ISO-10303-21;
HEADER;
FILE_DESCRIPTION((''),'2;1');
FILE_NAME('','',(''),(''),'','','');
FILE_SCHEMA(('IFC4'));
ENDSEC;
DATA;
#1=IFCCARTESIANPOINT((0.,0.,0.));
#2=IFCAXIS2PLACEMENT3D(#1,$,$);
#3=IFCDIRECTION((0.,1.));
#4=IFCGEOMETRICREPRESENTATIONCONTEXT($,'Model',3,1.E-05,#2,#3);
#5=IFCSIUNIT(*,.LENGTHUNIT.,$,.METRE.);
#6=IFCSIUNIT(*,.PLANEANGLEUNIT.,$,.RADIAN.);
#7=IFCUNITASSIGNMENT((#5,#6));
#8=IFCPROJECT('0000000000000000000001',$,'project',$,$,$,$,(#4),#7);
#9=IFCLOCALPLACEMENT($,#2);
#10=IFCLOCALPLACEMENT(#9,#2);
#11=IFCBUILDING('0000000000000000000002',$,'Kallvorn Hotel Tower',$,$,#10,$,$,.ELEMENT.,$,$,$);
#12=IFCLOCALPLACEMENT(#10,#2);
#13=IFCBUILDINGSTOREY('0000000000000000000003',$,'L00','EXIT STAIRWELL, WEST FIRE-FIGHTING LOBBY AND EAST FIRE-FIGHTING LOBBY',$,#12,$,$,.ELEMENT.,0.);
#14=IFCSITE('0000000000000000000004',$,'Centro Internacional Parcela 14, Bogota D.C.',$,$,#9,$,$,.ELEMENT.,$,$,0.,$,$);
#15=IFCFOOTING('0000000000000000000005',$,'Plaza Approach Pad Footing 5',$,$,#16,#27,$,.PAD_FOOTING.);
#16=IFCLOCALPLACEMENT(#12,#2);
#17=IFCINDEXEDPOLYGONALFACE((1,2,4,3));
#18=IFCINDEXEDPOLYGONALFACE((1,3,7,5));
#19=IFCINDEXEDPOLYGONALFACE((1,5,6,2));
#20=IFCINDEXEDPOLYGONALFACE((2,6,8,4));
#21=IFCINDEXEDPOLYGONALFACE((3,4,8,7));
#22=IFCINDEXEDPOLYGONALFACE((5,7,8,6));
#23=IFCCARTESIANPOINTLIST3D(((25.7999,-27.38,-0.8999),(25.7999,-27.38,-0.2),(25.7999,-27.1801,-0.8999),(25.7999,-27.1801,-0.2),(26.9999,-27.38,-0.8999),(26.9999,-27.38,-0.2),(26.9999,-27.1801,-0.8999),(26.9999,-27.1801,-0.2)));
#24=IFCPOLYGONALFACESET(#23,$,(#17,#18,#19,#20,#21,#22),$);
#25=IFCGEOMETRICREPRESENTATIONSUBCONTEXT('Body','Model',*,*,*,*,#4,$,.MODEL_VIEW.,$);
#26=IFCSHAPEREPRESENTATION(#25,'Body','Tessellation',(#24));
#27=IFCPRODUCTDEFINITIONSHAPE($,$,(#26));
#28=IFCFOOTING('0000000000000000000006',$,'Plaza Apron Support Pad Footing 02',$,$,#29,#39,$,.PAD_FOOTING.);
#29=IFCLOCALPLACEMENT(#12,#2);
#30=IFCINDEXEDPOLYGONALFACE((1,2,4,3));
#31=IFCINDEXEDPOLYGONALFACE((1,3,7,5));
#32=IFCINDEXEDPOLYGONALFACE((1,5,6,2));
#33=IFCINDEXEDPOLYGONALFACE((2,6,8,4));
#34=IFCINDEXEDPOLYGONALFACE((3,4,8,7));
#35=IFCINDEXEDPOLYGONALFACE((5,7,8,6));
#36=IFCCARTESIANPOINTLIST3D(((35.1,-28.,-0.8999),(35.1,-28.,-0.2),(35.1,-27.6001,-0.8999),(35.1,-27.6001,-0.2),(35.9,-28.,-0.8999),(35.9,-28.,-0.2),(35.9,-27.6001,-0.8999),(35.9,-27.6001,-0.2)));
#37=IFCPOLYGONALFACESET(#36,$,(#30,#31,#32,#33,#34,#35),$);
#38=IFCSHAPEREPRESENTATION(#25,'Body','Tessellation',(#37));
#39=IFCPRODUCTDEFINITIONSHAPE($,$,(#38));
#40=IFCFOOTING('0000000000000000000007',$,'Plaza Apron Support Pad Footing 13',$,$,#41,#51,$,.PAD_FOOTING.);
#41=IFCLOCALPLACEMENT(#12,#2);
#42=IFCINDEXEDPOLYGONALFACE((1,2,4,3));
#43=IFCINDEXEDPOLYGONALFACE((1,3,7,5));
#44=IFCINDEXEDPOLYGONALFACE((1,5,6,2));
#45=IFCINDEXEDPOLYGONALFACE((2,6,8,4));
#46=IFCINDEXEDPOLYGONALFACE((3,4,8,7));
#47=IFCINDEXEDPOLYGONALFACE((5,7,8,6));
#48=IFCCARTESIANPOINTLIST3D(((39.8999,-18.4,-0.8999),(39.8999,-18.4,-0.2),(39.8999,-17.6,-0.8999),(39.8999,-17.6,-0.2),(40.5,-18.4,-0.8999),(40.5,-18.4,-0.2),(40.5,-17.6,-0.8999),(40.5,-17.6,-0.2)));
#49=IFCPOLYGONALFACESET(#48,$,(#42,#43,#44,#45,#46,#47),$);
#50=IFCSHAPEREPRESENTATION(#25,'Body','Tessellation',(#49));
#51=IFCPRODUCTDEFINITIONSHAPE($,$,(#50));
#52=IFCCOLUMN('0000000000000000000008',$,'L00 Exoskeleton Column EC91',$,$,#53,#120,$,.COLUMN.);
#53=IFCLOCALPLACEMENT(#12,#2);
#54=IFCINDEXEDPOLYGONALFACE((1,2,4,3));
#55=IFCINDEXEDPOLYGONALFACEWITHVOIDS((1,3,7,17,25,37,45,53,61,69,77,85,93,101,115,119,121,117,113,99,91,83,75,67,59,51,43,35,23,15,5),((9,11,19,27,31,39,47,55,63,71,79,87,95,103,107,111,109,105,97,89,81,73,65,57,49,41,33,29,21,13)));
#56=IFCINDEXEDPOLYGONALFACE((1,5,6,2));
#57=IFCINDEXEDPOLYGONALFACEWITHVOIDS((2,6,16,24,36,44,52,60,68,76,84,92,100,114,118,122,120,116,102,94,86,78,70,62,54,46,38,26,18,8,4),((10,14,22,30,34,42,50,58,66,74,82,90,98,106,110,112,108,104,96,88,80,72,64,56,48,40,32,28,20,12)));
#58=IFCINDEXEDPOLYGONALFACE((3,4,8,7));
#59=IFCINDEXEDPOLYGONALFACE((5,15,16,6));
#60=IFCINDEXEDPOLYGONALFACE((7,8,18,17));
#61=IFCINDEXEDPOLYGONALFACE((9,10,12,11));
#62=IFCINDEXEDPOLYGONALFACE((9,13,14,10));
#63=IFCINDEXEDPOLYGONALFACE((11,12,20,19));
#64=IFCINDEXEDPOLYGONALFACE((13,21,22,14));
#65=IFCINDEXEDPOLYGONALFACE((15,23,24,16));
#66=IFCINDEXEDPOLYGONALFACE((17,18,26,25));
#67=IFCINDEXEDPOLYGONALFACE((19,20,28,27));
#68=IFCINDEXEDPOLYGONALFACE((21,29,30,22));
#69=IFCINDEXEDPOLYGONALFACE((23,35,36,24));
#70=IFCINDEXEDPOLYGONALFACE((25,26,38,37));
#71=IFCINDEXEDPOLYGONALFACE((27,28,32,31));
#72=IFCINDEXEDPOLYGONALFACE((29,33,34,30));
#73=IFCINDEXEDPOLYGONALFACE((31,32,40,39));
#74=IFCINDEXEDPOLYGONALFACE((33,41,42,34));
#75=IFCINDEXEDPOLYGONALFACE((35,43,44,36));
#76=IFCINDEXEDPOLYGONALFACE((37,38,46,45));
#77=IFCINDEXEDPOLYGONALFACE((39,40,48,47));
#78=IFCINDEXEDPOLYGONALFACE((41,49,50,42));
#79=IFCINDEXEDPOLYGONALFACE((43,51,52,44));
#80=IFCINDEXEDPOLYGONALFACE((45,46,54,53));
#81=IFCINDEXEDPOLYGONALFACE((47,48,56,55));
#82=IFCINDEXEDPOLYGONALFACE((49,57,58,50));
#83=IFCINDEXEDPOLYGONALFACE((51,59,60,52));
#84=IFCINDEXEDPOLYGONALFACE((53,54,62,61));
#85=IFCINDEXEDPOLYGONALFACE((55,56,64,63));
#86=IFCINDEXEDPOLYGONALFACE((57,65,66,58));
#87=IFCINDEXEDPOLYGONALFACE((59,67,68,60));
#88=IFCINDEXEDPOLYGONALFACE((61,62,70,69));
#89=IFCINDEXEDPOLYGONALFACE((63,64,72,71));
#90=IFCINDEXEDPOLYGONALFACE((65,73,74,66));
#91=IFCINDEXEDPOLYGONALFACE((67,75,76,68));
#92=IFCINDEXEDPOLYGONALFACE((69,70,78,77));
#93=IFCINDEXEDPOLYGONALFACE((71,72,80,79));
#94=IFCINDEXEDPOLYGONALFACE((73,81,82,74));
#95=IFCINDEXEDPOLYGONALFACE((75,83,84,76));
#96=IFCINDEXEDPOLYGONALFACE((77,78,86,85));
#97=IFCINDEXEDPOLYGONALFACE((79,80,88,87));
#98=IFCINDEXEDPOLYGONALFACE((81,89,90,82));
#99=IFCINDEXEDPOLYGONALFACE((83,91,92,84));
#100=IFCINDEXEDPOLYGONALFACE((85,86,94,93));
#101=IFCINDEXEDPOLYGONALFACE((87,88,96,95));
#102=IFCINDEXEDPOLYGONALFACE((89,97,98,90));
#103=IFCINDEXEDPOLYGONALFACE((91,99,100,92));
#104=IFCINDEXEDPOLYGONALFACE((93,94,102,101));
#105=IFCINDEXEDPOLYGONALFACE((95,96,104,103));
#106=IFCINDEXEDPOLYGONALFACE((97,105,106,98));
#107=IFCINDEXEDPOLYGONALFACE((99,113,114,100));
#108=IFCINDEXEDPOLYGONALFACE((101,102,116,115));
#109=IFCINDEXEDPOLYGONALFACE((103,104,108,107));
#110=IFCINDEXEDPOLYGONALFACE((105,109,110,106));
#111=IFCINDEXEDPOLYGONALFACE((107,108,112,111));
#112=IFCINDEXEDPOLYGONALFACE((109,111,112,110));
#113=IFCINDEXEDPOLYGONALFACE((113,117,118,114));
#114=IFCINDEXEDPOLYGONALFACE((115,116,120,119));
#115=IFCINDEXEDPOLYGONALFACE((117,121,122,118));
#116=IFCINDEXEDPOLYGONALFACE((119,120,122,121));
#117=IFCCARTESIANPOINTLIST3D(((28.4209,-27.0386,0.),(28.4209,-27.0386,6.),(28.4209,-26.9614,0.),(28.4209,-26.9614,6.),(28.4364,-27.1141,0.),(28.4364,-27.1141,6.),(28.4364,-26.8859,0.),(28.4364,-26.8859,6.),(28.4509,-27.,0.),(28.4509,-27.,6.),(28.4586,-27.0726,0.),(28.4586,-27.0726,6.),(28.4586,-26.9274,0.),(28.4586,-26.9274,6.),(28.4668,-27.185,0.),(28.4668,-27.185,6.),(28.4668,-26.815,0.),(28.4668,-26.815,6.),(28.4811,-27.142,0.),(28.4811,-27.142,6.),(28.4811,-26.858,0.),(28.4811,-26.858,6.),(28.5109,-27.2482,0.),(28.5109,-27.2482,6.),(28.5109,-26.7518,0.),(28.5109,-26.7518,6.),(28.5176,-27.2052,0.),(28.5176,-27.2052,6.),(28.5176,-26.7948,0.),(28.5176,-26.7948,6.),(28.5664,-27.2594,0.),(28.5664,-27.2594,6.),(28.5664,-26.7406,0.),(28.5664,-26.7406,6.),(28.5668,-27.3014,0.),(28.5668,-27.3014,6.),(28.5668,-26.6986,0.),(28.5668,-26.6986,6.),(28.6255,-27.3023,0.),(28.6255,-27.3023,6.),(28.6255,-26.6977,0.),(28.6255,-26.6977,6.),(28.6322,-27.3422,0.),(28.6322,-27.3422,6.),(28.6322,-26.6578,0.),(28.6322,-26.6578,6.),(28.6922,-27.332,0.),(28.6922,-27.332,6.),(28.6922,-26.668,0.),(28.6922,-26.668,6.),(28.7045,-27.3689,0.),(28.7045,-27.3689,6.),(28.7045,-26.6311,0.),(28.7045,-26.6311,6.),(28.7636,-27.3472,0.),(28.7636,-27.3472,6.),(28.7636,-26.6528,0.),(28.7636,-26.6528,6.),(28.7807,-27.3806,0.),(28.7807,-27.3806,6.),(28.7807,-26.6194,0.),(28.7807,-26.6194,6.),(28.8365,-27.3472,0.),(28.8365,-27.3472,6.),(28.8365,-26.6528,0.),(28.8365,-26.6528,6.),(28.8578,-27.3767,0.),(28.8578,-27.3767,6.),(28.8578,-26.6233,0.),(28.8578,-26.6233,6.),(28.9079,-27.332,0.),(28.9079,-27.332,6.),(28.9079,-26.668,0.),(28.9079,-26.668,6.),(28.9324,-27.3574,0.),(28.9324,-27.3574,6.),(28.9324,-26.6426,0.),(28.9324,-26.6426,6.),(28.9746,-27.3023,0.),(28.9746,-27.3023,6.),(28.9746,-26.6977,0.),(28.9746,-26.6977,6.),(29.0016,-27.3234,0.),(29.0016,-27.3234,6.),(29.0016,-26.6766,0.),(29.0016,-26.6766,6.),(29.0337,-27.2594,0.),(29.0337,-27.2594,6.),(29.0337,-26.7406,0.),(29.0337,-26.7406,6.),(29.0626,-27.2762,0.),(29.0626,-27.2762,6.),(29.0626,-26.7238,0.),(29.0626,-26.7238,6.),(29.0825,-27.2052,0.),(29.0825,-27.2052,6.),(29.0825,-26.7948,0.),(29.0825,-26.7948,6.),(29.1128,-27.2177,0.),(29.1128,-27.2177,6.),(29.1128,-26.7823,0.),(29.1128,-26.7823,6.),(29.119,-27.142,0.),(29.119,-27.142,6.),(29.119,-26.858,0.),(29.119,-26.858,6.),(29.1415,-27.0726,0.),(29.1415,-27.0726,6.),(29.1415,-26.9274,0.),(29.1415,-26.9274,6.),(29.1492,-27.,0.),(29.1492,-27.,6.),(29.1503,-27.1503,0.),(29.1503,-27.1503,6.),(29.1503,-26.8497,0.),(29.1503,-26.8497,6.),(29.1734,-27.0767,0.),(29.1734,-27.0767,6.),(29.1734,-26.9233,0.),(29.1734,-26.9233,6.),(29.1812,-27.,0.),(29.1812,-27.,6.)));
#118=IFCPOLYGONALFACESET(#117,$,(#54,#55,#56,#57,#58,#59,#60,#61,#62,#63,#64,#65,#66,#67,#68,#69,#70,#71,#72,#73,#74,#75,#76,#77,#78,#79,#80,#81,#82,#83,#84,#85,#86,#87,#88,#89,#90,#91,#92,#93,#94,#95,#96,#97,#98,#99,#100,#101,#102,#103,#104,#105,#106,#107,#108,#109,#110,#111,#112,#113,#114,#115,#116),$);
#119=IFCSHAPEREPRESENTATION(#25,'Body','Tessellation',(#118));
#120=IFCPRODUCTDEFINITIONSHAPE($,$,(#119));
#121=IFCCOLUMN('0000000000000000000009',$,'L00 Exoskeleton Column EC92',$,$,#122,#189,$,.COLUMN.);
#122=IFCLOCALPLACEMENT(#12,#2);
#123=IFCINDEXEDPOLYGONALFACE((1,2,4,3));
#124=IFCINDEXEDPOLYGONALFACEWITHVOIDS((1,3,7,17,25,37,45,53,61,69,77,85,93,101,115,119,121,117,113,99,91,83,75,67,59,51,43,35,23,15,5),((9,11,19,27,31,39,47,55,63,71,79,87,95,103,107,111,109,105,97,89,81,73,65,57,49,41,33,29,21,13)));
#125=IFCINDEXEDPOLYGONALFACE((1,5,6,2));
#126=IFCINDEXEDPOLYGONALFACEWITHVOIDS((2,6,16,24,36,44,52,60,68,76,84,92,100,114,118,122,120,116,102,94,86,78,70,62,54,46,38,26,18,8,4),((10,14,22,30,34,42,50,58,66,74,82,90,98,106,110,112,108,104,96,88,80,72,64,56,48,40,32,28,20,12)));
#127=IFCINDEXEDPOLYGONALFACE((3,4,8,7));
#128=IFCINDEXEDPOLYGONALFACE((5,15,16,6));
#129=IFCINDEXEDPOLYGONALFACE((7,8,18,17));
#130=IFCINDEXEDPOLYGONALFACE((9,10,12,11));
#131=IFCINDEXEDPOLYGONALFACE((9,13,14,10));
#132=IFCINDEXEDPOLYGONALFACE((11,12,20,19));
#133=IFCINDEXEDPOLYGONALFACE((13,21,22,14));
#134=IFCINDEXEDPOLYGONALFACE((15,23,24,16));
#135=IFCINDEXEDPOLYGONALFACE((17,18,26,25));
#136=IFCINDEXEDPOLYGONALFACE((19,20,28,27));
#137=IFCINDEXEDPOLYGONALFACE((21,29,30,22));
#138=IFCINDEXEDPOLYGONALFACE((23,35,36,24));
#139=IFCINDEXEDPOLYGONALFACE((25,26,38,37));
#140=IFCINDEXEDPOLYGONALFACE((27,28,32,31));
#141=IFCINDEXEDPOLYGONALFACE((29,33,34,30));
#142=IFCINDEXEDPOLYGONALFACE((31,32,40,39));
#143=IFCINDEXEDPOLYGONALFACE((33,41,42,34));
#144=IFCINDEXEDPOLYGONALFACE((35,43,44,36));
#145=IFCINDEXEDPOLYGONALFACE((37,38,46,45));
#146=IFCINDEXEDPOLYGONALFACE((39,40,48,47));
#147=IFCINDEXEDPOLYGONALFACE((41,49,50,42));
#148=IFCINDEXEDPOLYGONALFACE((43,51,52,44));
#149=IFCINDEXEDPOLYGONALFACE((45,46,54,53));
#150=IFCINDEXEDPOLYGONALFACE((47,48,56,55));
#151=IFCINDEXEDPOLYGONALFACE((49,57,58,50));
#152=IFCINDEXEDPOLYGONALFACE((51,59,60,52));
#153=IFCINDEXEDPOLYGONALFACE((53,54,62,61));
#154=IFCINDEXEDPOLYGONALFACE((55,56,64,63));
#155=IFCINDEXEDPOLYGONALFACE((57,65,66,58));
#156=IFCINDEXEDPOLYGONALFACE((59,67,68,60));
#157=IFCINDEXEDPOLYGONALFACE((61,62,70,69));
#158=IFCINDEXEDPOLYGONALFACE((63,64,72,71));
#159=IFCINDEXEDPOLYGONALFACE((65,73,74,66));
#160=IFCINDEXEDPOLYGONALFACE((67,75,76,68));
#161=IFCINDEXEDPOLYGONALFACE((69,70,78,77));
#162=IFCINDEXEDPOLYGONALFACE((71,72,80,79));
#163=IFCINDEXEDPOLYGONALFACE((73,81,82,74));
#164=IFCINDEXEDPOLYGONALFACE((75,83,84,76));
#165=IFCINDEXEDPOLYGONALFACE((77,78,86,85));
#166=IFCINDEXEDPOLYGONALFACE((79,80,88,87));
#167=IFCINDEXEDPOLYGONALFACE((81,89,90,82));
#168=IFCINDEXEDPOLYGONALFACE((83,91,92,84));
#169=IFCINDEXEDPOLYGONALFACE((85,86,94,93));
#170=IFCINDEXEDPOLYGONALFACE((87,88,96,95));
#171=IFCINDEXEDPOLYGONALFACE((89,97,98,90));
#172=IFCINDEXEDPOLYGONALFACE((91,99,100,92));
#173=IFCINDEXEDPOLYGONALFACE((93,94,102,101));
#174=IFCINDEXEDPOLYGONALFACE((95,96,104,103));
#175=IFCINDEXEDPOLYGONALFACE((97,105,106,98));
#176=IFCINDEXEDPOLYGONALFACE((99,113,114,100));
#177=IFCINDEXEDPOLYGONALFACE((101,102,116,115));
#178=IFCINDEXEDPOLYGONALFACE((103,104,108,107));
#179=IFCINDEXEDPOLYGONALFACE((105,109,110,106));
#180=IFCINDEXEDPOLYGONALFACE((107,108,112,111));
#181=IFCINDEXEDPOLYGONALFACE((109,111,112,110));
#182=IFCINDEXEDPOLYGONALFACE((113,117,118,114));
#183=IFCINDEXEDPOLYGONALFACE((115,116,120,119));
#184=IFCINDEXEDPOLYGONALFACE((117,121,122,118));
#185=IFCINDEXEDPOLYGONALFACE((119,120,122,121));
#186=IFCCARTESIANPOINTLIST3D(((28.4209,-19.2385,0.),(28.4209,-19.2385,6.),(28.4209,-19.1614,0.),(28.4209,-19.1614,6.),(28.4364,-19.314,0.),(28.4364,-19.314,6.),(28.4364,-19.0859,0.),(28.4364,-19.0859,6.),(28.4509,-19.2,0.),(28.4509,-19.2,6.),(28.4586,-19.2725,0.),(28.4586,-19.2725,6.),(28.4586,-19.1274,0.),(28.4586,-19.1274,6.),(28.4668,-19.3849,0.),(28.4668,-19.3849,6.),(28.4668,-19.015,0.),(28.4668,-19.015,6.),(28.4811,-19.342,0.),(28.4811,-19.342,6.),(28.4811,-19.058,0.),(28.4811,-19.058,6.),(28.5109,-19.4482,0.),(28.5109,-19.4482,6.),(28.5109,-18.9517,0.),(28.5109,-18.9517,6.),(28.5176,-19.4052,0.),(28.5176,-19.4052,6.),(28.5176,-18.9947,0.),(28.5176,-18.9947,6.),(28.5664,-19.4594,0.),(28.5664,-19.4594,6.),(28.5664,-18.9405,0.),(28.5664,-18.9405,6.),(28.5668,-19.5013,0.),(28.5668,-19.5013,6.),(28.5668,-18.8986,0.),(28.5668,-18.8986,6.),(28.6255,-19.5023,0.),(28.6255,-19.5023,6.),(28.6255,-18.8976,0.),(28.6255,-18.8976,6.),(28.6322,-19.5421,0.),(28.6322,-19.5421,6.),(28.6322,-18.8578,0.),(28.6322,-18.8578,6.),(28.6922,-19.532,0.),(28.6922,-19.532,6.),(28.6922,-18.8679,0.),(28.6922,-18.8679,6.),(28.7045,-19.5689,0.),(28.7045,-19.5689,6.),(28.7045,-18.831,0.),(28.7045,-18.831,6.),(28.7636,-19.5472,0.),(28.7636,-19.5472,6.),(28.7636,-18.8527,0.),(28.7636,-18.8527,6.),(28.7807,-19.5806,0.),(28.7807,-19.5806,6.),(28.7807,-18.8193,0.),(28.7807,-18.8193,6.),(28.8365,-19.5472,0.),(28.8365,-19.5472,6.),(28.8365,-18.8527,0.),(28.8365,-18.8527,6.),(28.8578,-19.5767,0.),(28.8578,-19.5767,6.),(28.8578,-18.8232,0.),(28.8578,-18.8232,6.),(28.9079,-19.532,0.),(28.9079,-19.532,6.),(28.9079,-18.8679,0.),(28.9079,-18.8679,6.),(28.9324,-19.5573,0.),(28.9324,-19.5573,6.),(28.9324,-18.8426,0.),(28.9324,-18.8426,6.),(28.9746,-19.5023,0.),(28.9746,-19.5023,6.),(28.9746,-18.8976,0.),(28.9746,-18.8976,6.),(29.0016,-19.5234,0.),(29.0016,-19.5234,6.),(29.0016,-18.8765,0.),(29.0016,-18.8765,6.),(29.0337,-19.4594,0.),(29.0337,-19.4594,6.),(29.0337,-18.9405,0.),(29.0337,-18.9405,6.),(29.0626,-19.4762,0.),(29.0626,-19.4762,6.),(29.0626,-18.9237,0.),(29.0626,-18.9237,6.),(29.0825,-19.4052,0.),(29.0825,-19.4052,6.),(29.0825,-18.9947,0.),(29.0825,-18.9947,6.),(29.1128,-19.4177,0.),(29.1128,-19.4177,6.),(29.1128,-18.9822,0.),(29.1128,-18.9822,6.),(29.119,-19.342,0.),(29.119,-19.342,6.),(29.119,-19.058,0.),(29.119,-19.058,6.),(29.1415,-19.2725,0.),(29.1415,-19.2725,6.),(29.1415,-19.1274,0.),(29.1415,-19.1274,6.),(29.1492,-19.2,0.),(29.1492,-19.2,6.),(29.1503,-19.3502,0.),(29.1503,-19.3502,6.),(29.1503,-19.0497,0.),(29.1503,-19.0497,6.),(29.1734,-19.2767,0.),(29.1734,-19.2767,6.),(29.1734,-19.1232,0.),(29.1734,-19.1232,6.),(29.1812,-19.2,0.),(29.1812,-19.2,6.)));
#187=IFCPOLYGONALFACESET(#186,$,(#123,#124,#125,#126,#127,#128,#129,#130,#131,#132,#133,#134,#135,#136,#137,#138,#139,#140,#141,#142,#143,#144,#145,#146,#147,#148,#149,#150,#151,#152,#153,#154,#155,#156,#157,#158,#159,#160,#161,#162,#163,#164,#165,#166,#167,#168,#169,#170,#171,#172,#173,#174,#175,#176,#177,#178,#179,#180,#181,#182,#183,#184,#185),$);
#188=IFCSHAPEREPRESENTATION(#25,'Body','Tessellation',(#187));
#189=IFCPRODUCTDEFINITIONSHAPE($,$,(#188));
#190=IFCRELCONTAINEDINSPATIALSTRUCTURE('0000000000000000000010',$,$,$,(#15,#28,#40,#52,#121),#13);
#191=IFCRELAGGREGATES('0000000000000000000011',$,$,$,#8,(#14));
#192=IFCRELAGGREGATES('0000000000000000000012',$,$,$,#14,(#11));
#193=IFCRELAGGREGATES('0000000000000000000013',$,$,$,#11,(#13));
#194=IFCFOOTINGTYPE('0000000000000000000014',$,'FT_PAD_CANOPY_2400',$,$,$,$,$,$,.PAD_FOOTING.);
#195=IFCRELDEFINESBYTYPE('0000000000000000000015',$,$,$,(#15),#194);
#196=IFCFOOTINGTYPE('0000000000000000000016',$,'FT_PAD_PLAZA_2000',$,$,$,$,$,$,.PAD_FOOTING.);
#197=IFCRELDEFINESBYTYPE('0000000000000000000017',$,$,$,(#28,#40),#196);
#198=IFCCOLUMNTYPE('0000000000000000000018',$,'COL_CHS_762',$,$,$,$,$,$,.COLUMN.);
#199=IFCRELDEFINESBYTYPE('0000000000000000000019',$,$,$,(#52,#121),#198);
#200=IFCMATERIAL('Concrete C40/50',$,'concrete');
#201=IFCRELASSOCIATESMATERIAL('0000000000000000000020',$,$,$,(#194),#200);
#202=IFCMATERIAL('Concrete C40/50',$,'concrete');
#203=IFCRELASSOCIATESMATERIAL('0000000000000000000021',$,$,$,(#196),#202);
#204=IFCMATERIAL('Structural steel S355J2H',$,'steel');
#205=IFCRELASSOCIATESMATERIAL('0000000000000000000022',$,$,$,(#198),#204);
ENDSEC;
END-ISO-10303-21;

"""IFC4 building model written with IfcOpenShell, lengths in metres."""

from ifc_helpers import new_model, si_unit, direction, frame, origin, origin_2d, place, context, subcontext, project, spatial, rectangle, hollow_circle, extrude, material, material_profile, profile_set, type_object, element, save


model = new_model("IFC4")

# Units and contexts
model_context = context("Model", 3, precision=1e-05, world=origin(), true_north=direction((0.0, 1.0)))
body_context = subcontext(model_context, "Body", "Model", "MODEL_VIEW")
ifc_project = project(units=[si_unit("LENGTHUNIT", "METRE"), si_unit("PLANEANGLEUNIT", "RADIAN")], contexts=[model_context])

# Site, building, storey
site_placement = place(None, origin())
site = spatial("IfcSite", under=ifc_project, at=site_placement, Name="Centro Internacional Parcela 14, Bogota D.C.", CompositionType="ELEMENT", RefElevation=0.0)
building_placement = place(site_placement, origin())
building = spatial("IfcBuilding", under=site, at=building_placement, Name="Kallvorn Hotel Tower", CompositionType="ELEMENT")
storey_placement = place(building_placement, origin())
storey = spatial("IfcBuildingStorey", under=building, at=storey_placement, Name="L00", Description="EXIT STAIRWELL, WEST FIRE-FIGHTING LOBBY AND EAST FIRE-FIGHTING LOBBY", CompositionType="ELEMENT", Elevation=0.0)

# Footings
ifc_material_1 = material(Name="Concrete C40/50", Category="concrete")
footing_type_1 = type_object("IfcFootingType", Name="FT_PAD_CANOPY_2400", PredefinedType="PAD_FOOTING", material=ifc_material_1)
footing_1_placement = place(storey_placement, frame((26.3999, -27.28, -0.8999), z_axis=(0.0, 0.0, 1.0), x_axis=(1.0, 0.0, 0.0)))
element("IfcFooting", 1, at=footing_1_placement, inside=storey, type_object=footing_type_1, Name="Plaza Approach Pad Footing 5", PredefinedType="PAD_FOOTING", context=body_context, shape_type="SweptSolid", body=[
    extrude(rectangle(XDim=1.2, YDim=0.2, at=origin_2d()), origin(), (0.0, 0.0, 1.0), 0.7),
])
ifc_material_2 = material(Name="Concrete C40/50", Category="concrete")
footing_type_2 = type_object("IfcFootingType", Name="FT_PAD_PLAZA_2000", PredefinedType="PAD_FOOTING", material=ifc_material_2)
footing_2_placement = place(storey_placement, frame((35.5, -27.8, -0.8999), z_axis=(0.0, 0.0, 1.0), x_axis=(1.0, 0.0, 0.0)))
element("IfcFooting", 2, at=footing_2_placement, inside=storey, type_object=footing_type_2, Name="Plaza Apron Support Pad Footing 02", PredefinedType="PAD_FOOTING", context=body_context, shape_type="SweptSolid", body=[
    extrude(rectangle(XDim=0.8, YDim=0.3999, at=origin_2d()), origin(), (0.0, 0.0, 1.0), 0.7),
])
footing_3_placement = place(storey_placement, frame((40.2, -18.0, -0.8999), z_axis=(0.0, 0.0, 1.0), x_axis=(1.0, 0.0, 0.0)))
element("IfcFooting", 3, at=footing_3_placement, inside=storey, type_object=footing_type_2, Name="Plaza Apron Support Pad Footing 13", PredefinedType="PAD_FOOTING", context=body_context, shape_type="SweptSolid", body=[
    extrude(rectangle(XDim=0.6001, YDim=0.8, at=origin_2d()), origin(), (0.0, 0.0, 1.0), 0.7),
])

# Columns
ifc_material_3 = material(Name="Structural steel S355J2H", Category="steel")
ifc_material_profile_1 = material_profile(ifc_material_3, hollow_circle(Radius=0.3811, WallThickness=0.032, at=origin_2d()), Name="CHS 762x32")
ifc_profile_set_1 = profile_set([ifc_material_profile_1], Name="Structural steel S355J2H")
column_type = type_object("IfcColumnType", Name="COL_CHS_762", PredefinedType="COLUMN", material=ifc_profile_set_1)
for number, where, z_axis, x_axis, name in (
    (4, (28.8, -27.0, 0.0), (0.0, 0.0, 1.0), (1.0, 0.0, 0.0), "L00 Exoskeleton Column EC91"),
    (5, (28.8, -19.2, 0.0), (0.0, 0.0, 1.0), (1.0, 0.0, 0.0), "L00 Exoskeleton Column EC92"),
):
    element("IfcColumn", number, at=place(storey_placement, frame(where, z_axis=z_axis, x_axis=x_axis)), inside=storey, type_object=column_type, Name=name, PredefinedType="COLUMN", context=body_context, shape_type="SweptSolid", body=[
        extrude(hollow_circle(Radius=0.3811, WallThickness=0.032, at=origin_2d()), origin(), (0.0, 0.0, 1.0), 6.0),
    ])

save(model, "model.ifc")
